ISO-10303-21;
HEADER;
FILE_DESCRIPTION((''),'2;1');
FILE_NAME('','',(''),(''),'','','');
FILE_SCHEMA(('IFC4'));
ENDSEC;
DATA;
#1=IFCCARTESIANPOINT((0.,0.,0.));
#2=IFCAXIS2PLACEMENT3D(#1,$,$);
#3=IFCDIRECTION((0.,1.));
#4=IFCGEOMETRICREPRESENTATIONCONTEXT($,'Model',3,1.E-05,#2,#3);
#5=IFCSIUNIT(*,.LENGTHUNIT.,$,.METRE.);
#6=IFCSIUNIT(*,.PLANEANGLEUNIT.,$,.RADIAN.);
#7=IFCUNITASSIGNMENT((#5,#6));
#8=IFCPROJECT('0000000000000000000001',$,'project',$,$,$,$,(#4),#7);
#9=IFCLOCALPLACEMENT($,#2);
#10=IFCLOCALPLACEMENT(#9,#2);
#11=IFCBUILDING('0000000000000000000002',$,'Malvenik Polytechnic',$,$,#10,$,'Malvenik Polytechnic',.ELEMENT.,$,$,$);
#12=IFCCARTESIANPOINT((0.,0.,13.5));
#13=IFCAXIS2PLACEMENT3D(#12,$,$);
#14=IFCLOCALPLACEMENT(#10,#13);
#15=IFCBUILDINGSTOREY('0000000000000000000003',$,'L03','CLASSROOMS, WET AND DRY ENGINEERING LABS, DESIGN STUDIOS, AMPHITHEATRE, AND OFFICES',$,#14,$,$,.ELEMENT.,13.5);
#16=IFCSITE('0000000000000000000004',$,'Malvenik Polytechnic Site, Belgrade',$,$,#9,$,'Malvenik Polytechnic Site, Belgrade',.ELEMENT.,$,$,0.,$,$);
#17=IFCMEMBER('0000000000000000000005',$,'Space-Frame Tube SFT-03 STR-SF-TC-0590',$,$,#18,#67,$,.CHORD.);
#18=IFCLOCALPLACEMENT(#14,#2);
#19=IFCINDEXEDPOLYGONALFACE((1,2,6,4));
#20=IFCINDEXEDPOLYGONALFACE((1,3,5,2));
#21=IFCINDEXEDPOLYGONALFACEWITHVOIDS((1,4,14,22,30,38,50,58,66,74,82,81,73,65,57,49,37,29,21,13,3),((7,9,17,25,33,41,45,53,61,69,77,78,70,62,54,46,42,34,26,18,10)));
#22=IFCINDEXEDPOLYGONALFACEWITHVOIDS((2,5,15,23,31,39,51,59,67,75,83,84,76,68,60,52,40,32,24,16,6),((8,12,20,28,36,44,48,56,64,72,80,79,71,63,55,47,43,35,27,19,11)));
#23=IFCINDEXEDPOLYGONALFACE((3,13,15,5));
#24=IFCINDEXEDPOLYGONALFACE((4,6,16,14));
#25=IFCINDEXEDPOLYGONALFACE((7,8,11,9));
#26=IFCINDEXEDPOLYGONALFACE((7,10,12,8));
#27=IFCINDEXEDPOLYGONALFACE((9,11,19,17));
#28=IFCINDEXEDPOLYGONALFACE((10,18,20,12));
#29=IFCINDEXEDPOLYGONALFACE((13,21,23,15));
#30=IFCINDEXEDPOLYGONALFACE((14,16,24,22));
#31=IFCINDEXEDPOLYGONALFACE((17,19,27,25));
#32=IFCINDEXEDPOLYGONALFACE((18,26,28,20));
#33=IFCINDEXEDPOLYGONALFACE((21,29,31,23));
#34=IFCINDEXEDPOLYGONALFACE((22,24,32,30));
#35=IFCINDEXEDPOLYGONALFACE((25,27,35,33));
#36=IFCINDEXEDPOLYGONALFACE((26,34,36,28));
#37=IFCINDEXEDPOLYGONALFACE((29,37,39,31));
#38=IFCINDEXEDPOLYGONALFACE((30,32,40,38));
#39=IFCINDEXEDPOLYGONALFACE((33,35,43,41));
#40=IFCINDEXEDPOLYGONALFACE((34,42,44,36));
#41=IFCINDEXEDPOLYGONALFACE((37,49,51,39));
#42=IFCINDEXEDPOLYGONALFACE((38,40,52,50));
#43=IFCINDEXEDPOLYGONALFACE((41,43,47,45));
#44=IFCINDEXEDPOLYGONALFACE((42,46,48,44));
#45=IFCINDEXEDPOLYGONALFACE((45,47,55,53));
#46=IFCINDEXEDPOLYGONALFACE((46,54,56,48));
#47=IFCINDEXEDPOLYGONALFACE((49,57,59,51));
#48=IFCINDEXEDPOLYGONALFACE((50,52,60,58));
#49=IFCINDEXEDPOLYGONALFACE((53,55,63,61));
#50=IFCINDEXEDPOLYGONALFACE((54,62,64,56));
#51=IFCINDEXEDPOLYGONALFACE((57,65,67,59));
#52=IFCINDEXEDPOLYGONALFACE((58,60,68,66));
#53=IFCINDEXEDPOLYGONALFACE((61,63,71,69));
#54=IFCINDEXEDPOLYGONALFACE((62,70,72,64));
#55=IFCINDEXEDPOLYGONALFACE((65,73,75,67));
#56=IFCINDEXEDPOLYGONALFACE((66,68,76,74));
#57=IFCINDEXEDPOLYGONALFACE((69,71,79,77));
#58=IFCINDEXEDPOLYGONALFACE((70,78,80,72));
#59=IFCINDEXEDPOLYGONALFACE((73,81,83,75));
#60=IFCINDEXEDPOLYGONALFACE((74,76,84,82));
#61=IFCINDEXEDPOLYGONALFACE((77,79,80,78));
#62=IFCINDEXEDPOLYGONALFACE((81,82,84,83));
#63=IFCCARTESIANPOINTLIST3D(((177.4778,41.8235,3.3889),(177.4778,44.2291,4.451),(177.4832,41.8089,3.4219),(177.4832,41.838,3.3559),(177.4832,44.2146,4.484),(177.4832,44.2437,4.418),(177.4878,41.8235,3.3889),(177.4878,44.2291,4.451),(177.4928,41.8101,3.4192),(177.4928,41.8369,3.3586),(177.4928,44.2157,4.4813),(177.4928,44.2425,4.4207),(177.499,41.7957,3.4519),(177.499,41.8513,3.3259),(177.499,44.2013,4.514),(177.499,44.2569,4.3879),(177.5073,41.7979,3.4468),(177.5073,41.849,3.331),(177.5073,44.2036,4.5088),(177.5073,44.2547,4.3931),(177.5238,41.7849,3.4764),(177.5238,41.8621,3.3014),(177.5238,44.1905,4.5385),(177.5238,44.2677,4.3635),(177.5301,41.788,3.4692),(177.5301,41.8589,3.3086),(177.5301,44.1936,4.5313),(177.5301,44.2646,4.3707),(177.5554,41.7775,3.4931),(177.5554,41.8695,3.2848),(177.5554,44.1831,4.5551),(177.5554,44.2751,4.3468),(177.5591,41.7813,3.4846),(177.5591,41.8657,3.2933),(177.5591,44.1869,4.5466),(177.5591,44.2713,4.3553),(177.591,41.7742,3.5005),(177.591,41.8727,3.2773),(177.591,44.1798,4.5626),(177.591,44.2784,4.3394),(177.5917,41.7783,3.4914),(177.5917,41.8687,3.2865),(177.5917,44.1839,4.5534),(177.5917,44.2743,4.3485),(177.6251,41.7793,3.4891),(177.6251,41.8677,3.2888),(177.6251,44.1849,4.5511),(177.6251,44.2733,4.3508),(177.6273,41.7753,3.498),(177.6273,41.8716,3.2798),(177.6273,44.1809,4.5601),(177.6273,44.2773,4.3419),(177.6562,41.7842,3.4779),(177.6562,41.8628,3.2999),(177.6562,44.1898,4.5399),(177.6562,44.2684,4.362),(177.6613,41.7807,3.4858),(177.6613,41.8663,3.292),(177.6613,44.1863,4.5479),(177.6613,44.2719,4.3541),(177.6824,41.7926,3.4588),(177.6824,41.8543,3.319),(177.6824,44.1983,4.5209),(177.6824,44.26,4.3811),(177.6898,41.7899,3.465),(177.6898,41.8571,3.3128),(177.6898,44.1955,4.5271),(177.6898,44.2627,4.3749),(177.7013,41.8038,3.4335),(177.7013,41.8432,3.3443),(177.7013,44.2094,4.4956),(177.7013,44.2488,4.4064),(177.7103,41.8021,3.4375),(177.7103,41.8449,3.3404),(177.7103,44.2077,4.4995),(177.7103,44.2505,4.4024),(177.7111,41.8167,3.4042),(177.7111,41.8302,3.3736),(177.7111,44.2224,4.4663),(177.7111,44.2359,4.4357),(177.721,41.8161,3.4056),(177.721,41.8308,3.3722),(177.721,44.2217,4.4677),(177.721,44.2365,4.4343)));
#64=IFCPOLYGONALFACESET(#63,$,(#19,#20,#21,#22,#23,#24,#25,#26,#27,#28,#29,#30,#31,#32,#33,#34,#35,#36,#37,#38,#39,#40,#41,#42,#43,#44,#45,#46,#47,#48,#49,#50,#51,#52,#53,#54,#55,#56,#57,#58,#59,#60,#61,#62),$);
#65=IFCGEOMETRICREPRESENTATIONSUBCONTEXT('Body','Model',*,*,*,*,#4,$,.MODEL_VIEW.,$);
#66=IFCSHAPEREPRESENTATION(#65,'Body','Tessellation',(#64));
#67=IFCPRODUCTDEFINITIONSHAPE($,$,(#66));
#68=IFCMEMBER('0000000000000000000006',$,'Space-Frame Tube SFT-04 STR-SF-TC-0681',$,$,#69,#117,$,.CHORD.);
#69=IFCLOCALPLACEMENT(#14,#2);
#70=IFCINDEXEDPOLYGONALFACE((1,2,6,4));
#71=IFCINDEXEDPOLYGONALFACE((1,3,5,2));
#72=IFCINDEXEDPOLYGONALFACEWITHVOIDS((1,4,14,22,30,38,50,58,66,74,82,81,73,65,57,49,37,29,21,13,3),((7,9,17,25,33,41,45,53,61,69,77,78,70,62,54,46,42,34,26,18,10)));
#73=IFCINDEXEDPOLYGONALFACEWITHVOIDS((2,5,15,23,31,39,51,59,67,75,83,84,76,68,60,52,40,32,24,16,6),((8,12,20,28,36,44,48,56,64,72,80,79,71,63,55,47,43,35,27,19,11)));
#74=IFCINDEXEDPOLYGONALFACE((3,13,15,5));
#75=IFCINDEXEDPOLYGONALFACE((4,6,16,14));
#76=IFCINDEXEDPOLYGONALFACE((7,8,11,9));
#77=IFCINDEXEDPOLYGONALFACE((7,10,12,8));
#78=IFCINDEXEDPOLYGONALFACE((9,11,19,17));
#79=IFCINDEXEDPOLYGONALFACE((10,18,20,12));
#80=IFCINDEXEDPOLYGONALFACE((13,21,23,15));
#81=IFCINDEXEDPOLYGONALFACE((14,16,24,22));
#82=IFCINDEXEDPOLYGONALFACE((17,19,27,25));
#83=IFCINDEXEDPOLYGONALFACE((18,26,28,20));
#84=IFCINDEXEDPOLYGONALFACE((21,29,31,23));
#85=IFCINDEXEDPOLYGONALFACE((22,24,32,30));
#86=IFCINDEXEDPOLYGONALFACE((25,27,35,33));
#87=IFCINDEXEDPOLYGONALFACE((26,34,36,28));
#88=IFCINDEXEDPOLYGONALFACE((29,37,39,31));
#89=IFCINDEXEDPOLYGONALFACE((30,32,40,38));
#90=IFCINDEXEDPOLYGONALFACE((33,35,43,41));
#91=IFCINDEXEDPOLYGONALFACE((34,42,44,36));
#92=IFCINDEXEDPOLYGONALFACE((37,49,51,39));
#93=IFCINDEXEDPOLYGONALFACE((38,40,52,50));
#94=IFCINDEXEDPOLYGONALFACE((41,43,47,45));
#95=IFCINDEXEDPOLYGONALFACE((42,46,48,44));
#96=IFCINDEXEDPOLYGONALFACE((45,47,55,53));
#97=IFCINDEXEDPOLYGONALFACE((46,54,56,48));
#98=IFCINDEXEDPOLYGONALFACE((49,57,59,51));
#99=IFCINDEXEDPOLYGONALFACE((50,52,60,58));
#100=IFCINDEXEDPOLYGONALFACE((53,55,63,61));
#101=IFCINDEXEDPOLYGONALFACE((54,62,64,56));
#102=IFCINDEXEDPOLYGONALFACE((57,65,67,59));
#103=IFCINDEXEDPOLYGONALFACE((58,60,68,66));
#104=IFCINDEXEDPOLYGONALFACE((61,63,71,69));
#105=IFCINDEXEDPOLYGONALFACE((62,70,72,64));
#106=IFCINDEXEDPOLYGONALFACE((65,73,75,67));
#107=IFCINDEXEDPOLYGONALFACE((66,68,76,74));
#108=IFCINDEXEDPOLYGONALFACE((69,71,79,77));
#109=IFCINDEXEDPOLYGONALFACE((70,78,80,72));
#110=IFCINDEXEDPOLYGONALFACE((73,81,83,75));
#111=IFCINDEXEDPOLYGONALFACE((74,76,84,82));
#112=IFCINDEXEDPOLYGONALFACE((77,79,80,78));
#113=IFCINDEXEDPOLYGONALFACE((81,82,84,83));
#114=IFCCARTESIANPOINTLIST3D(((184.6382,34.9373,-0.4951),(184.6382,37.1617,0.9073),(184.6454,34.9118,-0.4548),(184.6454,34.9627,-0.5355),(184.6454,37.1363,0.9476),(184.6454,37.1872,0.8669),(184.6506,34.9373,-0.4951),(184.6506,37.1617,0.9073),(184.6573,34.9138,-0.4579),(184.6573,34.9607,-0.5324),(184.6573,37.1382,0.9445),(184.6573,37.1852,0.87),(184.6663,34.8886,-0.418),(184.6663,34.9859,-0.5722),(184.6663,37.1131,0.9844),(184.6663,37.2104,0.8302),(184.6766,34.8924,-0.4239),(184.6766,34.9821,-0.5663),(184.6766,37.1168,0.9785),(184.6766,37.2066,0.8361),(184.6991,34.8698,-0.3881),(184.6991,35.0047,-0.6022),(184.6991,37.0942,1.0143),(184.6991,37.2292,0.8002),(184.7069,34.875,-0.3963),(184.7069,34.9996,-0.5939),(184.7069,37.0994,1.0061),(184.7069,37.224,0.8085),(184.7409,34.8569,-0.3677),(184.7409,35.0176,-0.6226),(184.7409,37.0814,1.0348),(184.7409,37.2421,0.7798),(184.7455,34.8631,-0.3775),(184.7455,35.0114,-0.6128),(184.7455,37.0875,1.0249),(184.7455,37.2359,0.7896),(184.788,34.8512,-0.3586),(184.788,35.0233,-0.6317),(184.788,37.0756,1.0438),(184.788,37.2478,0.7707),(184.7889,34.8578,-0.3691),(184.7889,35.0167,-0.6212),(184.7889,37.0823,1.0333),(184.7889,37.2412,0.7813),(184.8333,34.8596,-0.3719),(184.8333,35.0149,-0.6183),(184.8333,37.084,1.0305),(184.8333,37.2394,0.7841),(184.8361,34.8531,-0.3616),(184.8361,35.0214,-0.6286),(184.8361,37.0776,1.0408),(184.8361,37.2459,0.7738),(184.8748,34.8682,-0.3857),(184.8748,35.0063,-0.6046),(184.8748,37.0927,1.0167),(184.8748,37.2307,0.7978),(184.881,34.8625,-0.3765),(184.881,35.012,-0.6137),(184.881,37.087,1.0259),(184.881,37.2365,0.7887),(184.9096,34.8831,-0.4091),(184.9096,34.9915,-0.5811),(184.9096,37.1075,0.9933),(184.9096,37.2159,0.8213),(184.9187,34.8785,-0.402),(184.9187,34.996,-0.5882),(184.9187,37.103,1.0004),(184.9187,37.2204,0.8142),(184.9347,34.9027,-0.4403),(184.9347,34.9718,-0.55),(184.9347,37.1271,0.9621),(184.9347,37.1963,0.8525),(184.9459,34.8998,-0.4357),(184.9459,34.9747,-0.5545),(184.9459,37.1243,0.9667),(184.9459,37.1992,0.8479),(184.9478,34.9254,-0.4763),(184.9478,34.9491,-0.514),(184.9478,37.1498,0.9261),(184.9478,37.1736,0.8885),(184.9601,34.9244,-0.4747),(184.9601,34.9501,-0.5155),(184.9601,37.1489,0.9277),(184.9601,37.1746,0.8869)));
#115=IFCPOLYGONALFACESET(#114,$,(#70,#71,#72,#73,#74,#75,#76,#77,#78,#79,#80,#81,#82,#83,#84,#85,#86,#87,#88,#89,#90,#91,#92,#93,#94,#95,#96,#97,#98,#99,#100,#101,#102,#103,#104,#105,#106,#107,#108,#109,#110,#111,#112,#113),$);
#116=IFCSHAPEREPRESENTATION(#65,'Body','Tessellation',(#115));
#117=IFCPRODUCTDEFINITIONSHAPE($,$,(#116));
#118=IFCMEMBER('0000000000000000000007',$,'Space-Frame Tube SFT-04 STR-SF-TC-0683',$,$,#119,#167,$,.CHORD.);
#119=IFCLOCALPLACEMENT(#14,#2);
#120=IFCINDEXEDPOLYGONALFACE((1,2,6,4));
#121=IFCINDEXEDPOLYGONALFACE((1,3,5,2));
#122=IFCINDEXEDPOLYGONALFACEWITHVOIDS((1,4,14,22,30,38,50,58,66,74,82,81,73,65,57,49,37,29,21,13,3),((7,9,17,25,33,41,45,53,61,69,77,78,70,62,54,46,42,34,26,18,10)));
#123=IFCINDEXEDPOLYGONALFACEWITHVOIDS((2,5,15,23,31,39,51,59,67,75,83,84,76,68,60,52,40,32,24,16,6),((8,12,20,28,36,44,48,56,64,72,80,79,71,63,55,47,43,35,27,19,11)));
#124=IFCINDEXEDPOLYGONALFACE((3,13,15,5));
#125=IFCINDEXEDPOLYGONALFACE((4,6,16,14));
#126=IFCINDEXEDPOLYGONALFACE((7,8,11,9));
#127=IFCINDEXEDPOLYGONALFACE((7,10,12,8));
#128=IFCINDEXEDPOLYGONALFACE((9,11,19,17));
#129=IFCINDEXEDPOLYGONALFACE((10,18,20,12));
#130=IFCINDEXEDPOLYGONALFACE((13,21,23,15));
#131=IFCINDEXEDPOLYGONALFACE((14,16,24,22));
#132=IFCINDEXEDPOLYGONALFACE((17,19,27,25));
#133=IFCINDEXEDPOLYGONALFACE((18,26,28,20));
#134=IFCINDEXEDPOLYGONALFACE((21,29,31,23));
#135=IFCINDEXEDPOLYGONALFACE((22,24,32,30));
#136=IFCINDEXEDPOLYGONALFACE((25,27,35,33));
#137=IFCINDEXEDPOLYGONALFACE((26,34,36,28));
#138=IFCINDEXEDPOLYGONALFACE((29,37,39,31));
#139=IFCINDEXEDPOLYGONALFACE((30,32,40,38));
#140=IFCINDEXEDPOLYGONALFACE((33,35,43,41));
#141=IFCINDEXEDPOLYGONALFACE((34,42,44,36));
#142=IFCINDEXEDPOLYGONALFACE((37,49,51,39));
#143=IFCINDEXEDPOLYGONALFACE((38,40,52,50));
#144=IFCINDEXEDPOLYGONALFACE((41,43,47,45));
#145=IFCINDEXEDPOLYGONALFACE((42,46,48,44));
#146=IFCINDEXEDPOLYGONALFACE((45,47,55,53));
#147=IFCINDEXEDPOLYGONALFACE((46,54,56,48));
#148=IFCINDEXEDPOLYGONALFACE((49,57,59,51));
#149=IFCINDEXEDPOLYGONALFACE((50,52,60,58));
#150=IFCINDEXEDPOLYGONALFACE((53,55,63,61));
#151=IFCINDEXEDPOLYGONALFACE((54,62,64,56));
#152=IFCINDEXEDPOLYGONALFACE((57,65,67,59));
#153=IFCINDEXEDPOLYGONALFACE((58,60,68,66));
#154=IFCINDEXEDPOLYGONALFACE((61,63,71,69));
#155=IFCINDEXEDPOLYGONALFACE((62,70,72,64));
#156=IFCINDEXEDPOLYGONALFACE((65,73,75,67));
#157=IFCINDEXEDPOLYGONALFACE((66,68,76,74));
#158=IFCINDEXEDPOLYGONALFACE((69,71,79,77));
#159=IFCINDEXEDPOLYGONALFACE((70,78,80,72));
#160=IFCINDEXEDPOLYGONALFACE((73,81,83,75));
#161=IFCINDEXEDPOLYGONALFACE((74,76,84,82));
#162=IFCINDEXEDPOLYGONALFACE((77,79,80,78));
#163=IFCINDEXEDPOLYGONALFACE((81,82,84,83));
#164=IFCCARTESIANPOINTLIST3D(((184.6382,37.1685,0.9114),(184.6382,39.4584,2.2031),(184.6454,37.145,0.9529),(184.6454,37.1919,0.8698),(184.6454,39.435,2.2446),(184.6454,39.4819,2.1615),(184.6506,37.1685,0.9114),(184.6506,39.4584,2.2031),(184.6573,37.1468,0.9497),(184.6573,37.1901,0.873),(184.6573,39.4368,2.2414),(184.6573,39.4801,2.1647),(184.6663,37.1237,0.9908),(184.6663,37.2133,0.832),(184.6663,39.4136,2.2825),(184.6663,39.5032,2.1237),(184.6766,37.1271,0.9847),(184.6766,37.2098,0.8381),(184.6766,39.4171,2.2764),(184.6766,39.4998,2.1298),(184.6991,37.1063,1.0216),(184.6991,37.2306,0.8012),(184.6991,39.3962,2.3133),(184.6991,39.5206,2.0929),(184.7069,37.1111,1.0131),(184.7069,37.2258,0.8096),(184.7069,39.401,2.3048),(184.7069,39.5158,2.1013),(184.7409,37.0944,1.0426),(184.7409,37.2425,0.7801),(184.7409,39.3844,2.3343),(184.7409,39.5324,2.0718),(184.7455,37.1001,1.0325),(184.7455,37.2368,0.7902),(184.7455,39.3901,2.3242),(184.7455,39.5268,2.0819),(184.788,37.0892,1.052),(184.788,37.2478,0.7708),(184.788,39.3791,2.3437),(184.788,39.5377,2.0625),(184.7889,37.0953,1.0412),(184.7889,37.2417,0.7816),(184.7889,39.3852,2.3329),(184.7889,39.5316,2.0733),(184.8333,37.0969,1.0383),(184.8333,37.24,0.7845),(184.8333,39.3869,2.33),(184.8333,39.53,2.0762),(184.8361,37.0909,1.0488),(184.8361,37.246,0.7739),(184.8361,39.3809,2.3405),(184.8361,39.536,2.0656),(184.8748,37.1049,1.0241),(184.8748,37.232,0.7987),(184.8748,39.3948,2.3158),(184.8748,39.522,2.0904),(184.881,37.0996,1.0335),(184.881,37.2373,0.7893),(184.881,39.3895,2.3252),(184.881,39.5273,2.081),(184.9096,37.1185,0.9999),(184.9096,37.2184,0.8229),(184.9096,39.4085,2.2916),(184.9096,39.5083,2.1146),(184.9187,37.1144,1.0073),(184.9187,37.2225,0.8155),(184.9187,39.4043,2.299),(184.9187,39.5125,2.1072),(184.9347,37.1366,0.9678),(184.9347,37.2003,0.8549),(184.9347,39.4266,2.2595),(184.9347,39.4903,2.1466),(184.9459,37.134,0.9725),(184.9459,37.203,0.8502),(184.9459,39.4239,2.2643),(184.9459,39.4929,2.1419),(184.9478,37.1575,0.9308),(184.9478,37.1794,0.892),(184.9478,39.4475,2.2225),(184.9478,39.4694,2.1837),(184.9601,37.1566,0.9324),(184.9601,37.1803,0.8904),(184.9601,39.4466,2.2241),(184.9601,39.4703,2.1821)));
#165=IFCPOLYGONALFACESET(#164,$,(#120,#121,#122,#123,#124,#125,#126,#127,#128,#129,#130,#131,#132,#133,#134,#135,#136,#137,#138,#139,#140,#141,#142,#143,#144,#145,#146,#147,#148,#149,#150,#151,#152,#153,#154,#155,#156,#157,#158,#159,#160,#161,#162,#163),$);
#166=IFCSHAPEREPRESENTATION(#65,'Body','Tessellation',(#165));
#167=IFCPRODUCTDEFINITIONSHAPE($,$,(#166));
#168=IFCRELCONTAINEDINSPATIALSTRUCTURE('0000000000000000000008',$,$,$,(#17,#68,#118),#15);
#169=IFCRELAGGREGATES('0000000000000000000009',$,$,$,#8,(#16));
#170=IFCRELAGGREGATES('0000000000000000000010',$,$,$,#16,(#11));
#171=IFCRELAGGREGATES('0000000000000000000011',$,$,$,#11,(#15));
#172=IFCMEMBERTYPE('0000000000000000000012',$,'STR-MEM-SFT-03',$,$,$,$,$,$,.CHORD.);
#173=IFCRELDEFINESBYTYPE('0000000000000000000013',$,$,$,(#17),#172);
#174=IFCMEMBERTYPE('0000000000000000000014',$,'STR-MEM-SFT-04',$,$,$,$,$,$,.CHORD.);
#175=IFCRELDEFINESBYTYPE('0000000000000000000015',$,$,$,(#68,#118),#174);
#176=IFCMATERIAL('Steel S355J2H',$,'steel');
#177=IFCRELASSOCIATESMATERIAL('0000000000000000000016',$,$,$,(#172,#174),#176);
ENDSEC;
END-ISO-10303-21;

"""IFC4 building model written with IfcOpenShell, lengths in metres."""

from ifc_helpers import new_model, si_unit, direction, frame, origin, origin_2d, place, context, subcontext, project, spatial, hollow_circle, extrude, material, material_profile, profile_set, type_object, element, save


model = new_model("IFC4")

# Units and contexts
model_context = context("Model", 3, precision=1e-05, world=origin(), true_north=direction((0.0, 1.0)))
body_context = subcontext(model_context, "Body", "Model", "MODEL_VIEW")
ifc_project = project(units=[si_unit("LENGTHUNIT", "METRE"), si_unit("PLANEANGLEUNIT", "RADIAN")], contexts=[model_context])

# Site, building, storey
site_placement = place(None, origin())
site = spatial("IfcSite", under=ifc_project, at=site_placement, Name="Malvenik Polytechnic Site, Belgrade", LongName="Malvenik Polytechnic Site, Belgrade", CompositionType="ELEMENT", RefElevation=0.0)
building_placement = place(site_placement, origin())
building = spatial("IfcBuilding", under=site, at=building_placement, Name="Malvenik Polytechnic", LongName="Malvenik Polytechnic", CompositionType="ELEMENT")
storey_placement = place(building_placement, frame((0.0, 0.0, 13.5)))
storey = spatial("IfcBuildingStorey", under=building, at=storey_placement, Name="L03", Description="CLASSROOMS, WET AND DRY ENGINEERING LABS, DESIGN STUDIOS, AMPHITHEATRE, AND OFFICES", CompositionType="ELEMENT", Elevation=13.5)

# Members
ifc_material = material(Name="Steel S355J2H", Category="steel")
ifc_material_profile_1 = material_profile(ifc_material, hollow_circle(Radius=0.1223, WallThickness=0.01, at=origin_2d()), Name="CHS 244.5x10.0")
ifc_profile_set_1 = profile_set([ifc_material_profile_1], Name="Steel S355J2H")
member_type_1 = type_object("IfcMemberType", Name="STR-MEM-SFT-03", PredefinedType="CHORD", material=ifc_profile_set_1)
member_1_placement = place(storey_placement, frame((177.6001, 41.8235, 3.3889), z_axis=(0.0, 0.914812, 0.40388), x_axis=(-1.0, 0.0, 0.0)))
element("IfcMember", 1, at=member_1_placement, inside=storey, type_object=member_type_1, Name="Space-Frame Tube SFT-03 STR-SF-TC-0590", PredefinedType="CHORD", context=body_context, shape_type="SweptSolid", body=[
    extrude(hollow_circle(Radius=0.1223, WallThickness=0.01, at=origin_2d()), origin(), (0.0, 0.0, 1.0), 2.6296),
])
ifc_material_profile_2 = material_profile(ifc_material, hollow_circle(Radius=0.1619, WallThickness=0.0125, at=origin_2d()), Name="CHS 323.9x12.5")
ifc_profile_set_2 = profile_set([ifc_material_profile_2], Name="Steel S355J2H")
member_type_2 = type_object("IfcMemberType", Name="STR-MEM-SFT-04", PredefinedType="CHORD", material=ifc_profile_set_2)
member_2_placement = place(storey_placement, frame((184.8, 34.9373, -0.4951), z_axis=(0.0, 0.845921, 0.533308), x_axis=(-1.0, 0.0, 0.0)))
element("IfcMember", 2, at=member_2_placement, inside=storey, type_object=member_type_2, Name="Space-Frame Tube SFT-04 STR-SF-TC-0681", PredefinedType="CHORD", context=body_context, shape_type="SweptSolid", body=[
    extrude(hollow_circle(Radius=0.1619, WallThickness=0.0125, at=origin_2d()), origin(), (0.0, 0.0, 1.0), 2.6296),
])
member_3_placement = place(storey_placement, frame((184.8, 37.1685, 0.9114), z_axis=(0.0, 0.87099, 0.491301), x_axis=(-1.0, 0.0, 0.0)))
element("IfcMember", 3, at=member_3_placement, inside=storey, type_object=member_type_2, Name="Space-Frame Tube SFT-04 STR-SF-TC-0683", PredefinedType="CHORD", context=body_context, shape_type="SweptSolid", body=[
    extrude(hollow_circle(Radius=0.1619, WallThickness=0.0125, at=origin_2d()), origin(), (0.0, 0.0, 1.0), 2.6292),
])

save(model, "model.ifc")
